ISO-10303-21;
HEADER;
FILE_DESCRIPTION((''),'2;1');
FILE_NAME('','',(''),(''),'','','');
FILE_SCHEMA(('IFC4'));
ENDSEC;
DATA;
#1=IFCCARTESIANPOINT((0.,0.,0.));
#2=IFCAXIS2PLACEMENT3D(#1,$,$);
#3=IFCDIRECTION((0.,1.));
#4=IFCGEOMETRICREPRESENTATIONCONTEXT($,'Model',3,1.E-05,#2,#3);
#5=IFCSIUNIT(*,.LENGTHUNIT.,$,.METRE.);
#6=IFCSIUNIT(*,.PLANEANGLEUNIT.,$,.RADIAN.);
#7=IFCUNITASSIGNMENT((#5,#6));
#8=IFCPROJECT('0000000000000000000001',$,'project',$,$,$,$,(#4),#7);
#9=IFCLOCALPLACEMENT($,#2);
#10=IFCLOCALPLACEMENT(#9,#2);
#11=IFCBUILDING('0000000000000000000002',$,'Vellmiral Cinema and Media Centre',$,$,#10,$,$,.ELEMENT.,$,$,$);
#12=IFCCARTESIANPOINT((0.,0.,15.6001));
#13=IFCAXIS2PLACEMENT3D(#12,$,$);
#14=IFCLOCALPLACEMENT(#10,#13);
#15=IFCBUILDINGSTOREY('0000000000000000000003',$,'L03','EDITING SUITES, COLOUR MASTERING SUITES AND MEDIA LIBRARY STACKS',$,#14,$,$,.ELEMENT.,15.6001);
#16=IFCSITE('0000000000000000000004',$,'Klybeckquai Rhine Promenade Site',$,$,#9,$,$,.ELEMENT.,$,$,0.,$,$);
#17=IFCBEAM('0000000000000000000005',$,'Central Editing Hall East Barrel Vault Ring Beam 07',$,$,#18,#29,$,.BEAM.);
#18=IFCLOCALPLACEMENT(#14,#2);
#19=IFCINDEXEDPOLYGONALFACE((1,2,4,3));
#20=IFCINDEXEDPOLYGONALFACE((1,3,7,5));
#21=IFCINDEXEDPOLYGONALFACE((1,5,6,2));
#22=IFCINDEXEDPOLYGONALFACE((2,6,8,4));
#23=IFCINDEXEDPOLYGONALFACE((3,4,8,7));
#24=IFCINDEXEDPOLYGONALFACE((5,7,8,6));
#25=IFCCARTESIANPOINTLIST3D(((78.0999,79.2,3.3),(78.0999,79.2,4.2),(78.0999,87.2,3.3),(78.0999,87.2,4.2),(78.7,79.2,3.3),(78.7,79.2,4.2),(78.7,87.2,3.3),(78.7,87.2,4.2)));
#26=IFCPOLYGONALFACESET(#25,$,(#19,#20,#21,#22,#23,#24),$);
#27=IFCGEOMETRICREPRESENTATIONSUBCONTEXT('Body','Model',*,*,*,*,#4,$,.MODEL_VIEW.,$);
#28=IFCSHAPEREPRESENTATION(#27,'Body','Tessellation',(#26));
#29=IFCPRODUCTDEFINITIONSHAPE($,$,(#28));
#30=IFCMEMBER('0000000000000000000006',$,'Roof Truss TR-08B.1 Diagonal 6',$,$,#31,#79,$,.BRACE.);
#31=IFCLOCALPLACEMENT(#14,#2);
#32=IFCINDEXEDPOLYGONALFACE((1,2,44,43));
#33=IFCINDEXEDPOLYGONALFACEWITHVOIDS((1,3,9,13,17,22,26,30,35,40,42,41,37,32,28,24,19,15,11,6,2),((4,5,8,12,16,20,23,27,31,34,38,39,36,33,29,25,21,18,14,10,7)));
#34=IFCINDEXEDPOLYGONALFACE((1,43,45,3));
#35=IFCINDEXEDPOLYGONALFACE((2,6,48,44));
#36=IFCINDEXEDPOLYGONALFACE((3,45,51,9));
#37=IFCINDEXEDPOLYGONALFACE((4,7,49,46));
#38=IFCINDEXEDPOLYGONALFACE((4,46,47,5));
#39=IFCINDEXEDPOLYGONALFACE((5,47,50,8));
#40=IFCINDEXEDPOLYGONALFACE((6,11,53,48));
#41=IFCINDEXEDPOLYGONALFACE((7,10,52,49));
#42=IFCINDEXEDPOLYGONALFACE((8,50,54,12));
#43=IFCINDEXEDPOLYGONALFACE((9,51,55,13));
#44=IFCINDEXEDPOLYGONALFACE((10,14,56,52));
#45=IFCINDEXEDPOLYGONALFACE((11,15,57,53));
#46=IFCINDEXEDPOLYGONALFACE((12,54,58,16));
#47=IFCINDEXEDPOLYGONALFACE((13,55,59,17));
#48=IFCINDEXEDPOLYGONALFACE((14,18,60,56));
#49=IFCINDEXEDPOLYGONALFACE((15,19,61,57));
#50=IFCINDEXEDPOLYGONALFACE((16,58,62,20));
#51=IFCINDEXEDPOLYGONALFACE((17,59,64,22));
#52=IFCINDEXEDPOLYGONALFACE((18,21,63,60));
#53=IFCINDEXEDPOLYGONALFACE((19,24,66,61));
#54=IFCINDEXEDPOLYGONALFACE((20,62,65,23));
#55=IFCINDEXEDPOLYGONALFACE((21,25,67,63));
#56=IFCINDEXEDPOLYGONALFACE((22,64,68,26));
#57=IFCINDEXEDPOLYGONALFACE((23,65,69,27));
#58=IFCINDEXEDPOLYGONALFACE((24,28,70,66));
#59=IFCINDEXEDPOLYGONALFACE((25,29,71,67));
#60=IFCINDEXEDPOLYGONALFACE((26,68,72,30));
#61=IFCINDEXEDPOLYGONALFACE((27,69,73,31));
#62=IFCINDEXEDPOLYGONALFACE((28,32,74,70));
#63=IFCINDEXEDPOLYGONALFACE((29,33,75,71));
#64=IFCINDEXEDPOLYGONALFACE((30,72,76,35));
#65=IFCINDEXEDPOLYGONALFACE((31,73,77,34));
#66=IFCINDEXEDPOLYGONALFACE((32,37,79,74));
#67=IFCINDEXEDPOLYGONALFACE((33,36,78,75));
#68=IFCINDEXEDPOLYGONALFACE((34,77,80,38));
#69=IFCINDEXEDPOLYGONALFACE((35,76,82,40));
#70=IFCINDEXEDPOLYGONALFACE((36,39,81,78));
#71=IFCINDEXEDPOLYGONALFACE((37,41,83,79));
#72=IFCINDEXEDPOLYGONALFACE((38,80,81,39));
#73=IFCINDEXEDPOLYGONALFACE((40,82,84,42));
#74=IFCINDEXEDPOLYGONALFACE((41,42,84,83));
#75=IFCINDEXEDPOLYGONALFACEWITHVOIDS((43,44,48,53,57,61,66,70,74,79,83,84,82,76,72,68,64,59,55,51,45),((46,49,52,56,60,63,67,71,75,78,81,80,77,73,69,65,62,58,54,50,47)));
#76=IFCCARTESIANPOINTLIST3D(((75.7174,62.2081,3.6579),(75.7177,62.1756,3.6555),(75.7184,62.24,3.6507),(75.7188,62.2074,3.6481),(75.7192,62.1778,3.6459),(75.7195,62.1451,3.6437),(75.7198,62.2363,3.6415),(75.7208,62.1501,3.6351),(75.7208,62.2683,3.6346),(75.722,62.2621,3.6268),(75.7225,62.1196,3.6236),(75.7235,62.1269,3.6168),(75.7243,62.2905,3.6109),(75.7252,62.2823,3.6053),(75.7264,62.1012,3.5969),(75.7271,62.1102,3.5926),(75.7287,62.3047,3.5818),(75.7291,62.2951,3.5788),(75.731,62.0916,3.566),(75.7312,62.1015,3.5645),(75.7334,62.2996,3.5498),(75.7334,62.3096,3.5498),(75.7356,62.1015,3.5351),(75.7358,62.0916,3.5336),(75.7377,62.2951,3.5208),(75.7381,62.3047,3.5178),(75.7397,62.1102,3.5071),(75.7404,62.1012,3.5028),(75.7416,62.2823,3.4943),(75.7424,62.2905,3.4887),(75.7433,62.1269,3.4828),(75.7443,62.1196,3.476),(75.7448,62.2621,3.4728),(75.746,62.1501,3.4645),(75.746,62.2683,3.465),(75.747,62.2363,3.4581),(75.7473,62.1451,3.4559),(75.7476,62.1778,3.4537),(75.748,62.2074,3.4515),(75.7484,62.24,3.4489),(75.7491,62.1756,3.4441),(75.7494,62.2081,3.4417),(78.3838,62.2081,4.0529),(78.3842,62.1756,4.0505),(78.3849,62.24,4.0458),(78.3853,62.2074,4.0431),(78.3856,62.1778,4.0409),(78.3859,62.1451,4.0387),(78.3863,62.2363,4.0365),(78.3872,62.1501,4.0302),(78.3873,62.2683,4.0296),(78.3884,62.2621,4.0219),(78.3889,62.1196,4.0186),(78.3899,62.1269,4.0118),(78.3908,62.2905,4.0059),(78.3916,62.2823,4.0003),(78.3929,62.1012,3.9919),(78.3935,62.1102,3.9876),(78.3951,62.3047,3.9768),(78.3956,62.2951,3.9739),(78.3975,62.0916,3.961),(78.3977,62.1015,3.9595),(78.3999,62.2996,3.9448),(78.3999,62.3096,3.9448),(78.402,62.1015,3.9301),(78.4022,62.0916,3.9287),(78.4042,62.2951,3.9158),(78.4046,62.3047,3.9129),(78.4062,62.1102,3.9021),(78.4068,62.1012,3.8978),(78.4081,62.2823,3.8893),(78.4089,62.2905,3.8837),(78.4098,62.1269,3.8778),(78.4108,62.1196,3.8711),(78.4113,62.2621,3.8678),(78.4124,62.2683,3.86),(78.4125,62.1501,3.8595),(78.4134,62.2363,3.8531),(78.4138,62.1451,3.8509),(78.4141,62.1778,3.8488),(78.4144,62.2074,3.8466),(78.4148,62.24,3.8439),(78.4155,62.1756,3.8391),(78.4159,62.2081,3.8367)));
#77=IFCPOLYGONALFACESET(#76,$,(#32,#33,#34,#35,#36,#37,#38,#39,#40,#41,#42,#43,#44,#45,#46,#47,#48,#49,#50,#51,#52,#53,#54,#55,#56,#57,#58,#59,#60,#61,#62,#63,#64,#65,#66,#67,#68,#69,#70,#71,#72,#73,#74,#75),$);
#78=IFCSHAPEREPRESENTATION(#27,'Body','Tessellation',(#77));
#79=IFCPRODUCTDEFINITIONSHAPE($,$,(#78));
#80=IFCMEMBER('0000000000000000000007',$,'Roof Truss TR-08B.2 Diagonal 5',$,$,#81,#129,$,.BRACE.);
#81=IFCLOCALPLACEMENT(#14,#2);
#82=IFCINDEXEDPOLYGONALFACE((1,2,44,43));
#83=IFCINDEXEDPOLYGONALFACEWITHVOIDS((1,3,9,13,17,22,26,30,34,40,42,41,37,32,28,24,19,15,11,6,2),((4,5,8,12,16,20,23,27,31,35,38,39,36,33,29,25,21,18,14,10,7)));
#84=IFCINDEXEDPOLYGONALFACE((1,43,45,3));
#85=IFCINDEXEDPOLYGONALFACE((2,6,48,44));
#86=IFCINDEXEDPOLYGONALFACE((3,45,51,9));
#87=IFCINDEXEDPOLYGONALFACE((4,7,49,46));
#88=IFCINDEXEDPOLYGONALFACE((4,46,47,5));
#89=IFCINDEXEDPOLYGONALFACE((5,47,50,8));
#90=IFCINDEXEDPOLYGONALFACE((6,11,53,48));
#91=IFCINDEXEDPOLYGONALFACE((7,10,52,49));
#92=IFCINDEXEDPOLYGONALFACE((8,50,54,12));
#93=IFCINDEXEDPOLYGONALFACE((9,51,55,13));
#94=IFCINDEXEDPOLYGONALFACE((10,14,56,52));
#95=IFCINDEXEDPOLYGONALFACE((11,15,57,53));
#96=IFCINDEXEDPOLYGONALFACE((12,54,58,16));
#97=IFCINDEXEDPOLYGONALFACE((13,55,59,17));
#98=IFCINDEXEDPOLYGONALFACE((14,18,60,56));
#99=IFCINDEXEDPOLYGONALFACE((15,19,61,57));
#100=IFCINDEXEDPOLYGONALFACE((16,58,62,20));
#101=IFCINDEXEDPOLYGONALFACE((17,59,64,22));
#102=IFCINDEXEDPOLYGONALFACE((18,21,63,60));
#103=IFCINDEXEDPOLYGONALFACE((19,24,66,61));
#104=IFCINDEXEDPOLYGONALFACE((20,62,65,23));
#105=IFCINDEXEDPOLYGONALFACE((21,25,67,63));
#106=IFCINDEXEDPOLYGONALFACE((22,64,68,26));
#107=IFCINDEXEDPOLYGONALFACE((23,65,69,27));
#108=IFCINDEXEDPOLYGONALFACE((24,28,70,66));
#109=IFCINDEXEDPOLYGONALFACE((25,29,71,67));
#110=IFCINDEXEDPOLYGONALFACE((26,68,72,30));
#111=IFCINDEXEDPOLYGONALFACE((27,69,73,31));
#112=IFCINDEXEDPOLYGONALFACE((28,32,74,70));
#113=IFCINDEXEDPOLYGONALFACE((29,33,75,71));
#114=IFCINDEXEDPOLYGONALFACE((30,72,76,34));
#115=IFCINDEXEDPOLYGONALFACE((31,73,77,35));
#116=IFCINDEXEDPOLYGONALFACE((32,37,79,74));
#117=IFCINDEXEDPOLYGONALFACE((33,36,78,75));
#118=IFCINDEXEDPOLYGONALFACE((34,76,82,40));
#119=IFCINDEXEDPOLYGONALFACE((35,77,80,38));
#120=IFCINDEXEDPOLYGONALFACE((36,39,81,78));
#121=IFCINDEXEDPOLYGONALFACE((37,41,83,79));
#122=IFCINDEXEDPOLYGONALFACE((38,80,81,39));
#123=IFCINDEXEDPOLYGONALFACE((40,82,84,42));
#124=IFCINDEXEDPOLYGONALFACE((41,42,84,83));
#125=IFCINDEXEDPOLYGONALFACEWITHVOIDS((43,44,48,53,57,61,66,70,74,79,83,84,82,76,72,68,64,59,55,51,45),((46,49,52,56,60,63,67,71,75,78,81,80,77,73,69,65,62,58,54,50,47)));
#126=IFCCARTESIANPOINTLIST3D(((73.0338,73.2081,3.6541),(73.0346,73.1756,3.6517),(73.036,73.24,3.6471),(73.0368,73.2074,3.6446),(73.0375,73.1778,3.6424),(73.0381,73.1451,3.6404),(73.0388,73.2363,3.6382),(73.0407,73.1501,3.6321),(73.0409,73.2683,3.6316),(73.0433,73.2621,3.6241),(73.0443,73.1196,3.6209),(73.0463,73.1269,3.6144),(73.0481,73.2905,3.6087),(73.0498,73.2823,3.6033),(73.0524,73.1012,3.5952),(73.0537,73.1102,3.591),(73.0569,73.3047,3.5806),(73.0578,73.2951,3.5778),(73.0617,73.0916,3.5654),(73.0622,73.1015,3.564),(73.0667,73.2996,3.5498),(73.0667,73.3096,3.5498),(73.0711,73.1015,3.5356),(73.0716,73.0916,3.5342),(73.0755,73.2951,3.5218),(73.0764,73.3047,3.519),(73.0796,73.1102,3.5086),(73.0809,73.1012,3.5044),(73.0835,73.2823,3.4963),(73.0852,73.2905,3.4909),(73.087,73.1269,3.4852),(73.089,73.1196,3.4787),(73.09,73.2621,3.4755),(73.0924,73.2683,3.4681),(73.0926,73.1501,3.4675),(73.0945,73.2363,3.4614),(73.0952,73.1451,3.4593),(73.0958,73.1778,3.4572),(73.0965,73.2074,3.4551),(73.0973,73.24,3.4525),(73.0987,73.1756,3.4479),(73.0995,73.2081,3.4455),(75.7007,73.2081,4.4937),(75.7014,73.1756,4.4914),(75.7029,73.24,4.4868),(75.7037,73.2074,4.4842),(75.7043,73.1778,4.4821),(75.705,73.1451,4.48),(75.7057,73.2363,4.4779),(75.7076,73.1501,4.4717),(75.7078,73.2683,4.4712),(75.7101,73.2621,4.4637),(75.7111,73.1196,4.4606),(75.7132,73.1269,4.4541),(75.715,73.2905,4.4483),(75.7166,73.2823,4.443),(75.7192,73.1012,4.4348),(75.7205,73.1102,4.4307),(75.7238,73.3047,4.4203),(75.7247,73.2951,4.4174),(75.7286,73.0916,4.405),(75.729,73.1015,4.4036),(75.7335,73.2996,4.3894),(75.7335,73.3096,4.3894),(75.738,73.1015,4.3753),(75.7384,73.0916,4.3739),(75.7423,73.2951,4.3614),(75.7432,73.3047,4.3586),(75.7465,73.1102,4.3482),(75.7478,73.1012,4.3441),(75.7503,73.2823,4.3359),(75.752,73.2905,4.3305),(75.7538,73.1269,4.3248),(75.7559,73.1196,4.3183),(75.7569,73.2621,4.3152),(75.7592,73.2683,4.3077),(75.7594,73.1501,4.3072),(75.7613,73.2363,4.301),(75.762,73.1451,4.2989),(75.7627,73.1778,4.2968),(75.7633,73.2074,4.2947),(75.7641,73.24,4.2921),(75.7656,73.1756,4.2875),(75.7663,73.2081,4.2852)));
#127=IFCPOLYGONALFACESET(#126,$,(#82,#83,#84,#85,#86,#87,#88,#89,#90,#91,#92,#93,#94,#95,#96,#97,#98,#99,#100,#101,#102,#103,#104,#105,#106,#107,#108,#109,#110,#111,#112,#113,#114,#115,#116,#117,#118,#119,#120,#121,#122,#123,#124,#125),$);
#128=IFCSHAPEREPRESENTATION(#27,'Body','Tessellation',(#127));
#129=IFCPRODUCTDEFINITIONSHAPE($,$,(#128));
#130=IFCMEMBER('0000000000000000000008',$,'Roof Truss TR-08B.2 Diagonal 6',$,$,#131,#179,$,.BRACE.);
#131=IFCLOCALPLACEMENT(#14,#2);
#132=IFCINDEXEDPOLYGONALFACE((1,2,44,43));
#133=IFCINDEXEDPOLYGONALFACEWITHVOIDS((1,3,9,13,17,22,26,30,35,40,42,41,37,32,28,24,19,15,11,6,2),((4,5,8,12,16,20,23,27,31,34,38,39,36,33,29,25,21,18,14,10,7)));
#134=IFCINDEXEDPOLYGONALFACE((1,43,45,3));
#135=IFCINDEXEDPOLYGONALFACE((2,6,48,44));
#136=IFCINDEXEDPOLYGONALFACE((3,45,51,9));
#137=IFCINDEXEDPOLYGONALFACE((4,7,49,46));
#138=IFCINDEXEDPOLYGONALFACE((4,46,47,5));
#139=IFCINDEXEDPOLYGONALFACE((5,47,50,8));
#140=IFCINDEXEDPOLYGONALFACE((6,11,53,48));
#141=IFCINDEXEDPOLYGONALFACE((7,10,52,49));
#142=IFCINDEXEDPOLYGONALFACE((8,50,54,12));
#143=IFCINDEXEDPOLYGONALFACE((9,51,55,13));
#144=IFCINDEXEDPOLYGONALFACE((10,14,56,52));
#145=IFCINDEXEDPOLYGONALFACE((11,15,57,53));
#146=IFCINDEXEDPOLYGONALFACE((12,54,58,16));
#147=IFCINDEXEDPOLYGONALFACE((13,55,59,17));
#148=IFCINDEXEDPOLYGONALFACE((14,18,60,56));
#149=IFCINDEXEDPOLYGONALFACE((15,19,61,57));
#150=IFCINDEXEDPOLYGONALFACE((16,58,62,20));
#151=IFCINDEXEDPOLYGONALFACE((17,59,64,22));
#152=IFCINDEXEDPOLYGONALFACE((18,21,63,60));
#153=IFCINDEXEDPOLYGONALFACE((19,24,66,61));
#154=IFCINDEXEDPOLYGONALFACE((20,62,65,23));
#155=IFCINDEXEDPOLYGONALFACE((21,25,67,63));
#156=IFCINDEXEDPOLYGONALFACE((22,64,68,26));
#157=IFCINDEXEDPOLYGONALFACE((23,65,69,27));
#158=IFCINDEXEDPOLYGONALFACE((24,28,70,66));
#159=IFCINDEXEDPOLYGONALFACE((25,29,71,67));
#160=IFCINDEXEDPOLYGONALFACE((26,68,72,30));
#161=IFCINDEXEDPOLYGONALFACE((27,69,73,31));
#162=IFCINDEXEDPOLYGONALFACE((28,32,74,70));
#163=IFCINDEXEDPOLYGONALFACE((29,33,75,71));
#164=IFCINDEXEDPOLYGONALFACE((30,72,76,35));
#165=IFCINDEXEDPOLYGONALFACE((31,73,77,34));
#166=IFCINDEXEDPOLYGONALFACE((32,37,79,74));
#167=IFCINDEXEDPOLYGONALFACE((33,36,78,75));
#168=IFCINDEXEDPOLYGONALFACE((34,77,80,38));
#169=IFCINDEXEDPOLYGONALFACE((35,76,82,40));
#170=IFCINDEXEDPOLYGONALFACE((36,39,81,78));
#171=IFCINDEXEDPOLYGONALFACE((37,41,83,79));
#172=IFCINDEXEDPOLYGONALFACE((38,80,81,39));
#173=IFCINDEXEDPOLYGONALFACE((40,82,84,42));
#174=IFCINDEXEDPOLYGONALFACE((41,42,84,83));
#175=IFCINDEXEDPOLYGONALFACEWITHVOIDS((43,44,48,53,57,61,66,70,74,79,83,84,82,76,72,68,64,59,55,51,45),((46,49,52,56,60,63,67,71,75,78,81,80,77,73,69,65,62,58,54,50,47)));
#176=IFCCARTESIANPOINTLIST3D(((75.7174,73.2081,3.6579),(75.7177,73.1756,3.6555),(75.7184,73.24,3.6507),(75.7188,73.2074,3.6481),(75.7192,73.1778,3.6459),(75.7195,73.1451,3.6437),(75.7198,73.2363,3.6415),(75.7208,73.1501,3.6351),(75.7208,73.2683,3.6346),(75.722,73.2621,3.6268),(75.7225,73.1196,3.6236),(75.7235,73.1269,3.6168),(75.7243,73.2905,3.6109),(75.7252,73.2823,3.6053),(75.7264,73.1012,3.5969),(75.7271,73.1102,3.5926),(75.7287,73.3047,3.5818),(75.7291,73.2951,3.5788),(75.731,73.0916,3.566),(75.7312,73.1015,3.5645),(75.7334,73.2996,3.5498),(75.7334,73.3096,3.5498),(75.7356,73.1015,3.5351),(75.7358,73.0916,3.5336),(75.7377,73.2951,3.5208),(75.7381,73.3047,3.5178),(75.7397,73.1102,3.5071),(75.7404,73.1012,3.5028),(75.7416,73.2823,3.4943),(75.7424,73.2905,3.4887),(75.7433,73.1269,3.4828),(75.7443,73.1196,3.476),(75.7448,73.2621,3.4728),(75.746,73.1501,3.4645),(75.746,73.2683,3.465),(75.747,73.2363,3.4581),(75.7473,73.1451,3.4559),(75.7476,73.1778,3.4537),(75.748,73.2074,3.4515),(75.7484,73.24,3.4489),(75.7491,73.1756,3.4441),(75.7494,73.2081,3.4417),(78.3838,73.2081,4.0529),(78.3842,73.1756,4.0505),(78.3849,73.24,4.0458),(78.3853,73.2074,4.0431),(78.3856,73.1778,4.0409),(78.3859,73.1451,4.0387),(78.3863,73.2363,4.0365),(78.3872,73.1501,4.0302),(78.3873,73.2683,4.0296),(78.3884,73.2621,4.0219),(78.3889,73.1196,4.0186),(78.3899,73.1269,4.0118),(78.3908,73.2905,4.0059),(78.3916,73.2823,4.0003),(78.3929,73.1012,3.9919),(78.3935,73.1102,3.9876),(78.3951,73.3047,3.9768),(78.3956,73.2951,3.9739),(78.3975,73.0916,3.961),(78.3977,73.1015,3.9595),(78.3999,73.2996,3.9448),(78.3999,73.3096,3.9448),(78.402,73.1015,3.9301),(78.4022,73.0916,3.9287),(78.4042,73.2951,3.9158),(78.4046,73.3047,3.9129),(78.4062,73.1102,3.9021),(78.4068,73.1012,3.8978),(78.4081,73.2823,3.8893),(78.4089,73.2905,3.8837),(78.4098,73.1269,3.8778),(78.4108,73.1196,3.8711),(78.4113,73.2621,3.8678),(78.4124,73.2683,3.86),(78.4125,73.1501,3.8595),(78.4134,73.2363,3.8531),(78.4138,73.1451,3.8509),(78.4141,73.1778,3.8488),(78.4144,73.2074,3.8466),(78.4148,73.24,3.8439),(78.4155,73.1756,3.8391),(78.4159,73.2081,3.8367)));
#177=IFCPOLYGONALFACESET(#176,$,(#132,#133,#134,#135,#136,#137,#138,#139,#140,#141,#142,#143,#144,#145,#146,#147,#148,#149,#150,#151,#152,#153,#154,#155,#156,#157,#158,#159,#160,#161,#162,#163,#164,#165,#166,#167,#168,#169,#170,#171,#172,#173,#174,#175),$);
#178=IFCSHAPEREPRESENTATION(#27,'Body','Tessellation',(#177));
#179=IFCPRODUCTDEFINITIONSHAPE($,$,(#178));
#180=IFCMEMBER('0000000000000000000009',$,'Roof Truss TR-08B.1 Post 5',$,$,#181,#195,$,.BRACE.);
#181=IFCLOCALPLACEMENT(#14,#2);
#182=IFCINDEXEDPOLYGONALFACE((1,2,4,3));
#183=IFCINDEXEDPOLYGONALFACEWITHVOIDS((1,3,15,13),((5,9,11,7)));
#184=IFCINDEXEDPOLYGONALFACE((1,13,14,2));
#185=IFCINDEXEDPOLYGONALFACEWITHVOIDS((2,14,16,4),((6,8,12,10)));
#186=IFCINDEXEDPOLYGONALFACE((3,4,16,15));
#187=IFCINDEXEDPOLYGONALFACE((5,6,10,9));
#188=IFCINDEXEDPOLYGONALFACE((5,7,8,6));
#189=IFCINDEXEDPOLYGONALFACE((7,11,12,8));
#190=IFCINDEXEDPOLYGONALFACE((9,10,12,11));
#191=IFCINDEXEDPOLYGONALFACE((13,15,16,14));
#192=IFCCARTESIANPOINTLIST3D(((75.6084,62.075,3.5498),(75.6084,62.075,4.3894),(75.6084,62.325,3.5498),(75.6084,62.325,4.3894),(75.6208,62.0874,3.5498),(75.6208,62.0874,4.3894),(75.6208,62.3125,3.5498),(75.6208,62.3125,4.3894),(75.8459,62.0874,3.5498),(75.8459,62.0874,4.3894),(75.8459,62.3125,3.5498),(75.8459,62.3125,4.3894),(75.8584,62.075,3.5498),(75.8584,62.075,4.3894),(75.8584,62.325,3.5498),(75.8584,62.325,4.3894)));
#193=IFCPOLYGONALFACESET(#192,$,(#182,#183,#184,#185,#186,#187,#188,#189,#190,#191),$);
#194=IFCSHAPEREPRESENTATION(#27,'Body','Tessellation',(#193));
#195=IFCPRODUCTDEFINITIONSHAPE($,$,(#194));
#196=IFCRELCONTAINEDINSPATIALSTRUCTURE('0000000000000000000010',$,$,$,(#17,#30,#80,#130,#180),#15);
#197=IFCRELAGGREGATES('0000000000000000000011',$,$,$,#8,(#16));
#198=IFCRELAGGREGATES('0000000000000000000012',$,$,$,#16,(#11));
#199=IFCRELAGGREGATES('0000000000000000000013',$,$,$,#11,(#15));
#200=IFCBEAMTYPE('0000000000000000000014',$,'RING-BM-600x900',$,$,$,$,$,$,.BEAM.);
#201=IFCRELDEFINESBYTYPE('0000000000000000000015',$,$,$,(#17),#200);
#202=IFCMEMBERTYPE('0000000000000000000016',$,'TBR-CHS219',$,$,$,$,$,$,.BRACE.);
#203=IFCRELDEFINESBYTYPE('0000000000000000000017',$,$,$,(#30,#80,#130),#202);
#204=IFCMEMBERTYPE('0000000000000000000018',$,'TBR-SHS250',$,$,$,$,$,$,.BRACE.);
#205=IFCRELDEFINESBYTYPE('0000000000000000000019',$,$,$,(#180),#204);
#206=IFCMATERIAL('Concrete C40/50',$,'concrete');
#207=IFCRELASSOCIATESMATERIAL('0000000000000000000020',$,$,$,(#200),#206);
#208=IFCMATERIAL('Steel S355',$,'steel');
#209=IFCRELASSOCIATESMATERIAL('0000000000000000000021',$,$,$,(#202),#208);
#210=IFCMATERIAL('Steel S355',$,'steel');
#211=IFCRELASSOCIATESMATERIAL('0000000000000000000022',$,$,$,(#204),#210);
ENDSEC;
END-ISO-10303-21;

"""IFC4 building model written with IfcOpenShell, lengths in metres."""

from ifc_helpers import new_model, si_unit, direction, frame, origin, origin_2d, place, context, subcontext, project, spatial, rectangle, hollow_rectangle, hollow_circle, extrude, material, material_profile, profile_set, type_object, element, save


model = new_model("IFC4")

# Units and contexts
model_context = context("Model", 3, precision=1e-05, world=origin(), true_north=direction((0.0, 1.0)))
body_context = subcontext(model_context, "Body", "Model", "MODEL_VIEW")
ifc_project = project(units=[si_unit("LENGTHUNIT", "METRE"), si_unit("PLANEANGLEUNIT", "RADIAN")], contexts=[model_context])

# Site, building, storey
site_placement = place(None, origin())
site = spatial("IfcSite", under=ifc_project, at=site_placement, Name="Klybeckquai Rhine Promenade Site", CompositionType="ELEMENT", RefElevation=0.0)
building_placement = place(site_placement, origin())
building = spatial("IfcBuilding", under=site, at=building_placement, Name="Vellmiral Cinema and Media Centre", CompositionType="ELEMENT")
storey_placement = place(building_placement, frame((0.0, 0.0, 15.6001)))
storey = spatial("IfcBuildingStorey", under=building, at=storey_placement, Name="L03", Description="EDITING SUITES, COLOUR MASTERING SUITES AND MEDIA LIBRARY STACKS", CompositionType="ELEMENT", Elevation=15.6001)

# Beam
ifc_material_1 = material(Name="Concrete C40/50", Category="concrete")
ifc_material_profile_1 = material_profile(ifc_material_1, rectangle(XDim=0.6001, YDim=0.8999, at=origin_2d()), Name="RC 600x900")
ifc_profile_set_1 = profile_set([ifc_material_profile_1], Name="Concrete C40/50")
beam_type_1 = type_object("IfcBeamType", Name="RING-BM-600x900", PredefinedType="BEAM", material=ifc_profile_set_1)
beam_1_placement = place(storey_placement, frame((78.3999, 79.2, 3.75), z_axis=(0.0, 1.0, 0.0), x_axis=(-1.0, 0.0, 0.0)))
element("IfcBeam", 1, at=beam_1_placement, inside=storey, type_object=beam_type_1, Name="Central Editing Hall East Barrel Vault Ring Beam 07", PredefinedType="BEAM", context=body_context, shape_type="SweptSolid", body=[
    extrude(rectangle(XDim=0.6001, YDim=0.8999, at=origin_2d()), origin(), (0.0, 0.0, 1.0), 8.0),
])

# Members
ifc_material_2 = material(Name="Steel S355", Category="steel")
ifc_material_profile_2 = material_profile(ifc_material_2, hollow_circle(Radius=0.1096, WallThickness=0.01, at=origin_2d()), Name="CHS 219.1x10.0")
ifc_profile_set_2 = profile_set([ifc_material_profile_2], Name="Steel S355")
member_type_1 = type_object("IfcMemberType", Name="TBR-CHS219", PredefinedType="BRACE", material=ifc_profile_set_2)
member_1_placement = place(storey_placement, frame((75.7334, 62.2, 3.5498), z_axis=(0.989204, 0.0, 0.146542), x_axis=(0.0, 1.0, 0.0)))
element("IfcMember", 2, at=member_1_placement, inside=storey, type_object=member_type_1, Name="Roof Truss TR-08B.1 Diagonal 6", PredefinedType="BRACE", context=body_context, shape_type="SweptSolid", body=[
    extrude(hollow_circle(Radius=0.1096, WallThickness=0.01, at=origin_2d()), origin(), (0.0, 0.0, 1.0), 2.6956),
])
member_2_placement = place(storey_placement, frame((73.0667, 73.2, 3.5498), z_axis=(0.953842, 0.0, 0.300308), x_axis=(0.0, 1.0, 0.0)))
element("IfcMember", 3, at=member_2_placement, inside=storey, type_object=member_type_1, Name="Roof Truss TR-08B.2 Diagonal 5", PredefinedType="BRACE", context=body_context, shape_type="SweptSolid", body=[
    extrude(hollow_circle(Radius=0.1096, WallThickness=0.01, at=origin_2d()), origin(), (0.0, 0.0, 1.0), 2.7959),
])
member_3_placement = place(storey_placement, frame((75.7334, 73.2, 3.5498), z_axis=(0.989204, 0.0, 0.146542), x_axis=(0.0, 1.0, 0.0)))
element("IfcMember", 4, at=member_3_placement, inside=storey, type_object=member_type_1, Name="Roof Truss TR-08B.2 Diagonal 6", PredefinedType="BRACE", context=body_context, shape_type="SweptSolid", body=[
    extrude(hollow_circle(Radius=0.1096, WallThickness=0.01, at=origin_2d()), origin(), (0.0, 0.0, 1.0), 2.6956),
])
ifc_material_3 = material(Name="Steel S355", Category="steel")
ifc_material_profile_3 = material_profile(ifc_material_3, hollow_rectangle(XDim=0.25, YDim=0.25, WallThickness=0.0125, at=origin_2d()), Name="SHS 250x250x12.5")
ifc_profile_set_3 = profile_set([ifc_material_profile_3], Name="Steel S355")
member_type_2 = type_object("IfcMemberType", Name="TBR-SHS250", PredefinedType="BRACE", material=ifc_profile_set_3)
member_4_placement = place(storey_placement, frame((75.7334, 62.2, 3.5498), z_axis=(0.0, 0.0, 1.0), x_axis=(1.0, 0.0, 0.0)))
element("IfcMember", 5, at=member_4_placement, inside=storey, type_object=member_type_2, Name="Roof Truss TR-08B.1 Post 5", PredefinedType="BRACE", context=body_context, shape_type="SweptSolid", body=[
    extrude(hollow_rectangle(XDim=0.25, YDim=0.25, WallThickness=0.0125, at=origin_2d()), origin(), (0.0, 0.0, 1.0), 0.8396),
])

save(model, "model.ifc")
